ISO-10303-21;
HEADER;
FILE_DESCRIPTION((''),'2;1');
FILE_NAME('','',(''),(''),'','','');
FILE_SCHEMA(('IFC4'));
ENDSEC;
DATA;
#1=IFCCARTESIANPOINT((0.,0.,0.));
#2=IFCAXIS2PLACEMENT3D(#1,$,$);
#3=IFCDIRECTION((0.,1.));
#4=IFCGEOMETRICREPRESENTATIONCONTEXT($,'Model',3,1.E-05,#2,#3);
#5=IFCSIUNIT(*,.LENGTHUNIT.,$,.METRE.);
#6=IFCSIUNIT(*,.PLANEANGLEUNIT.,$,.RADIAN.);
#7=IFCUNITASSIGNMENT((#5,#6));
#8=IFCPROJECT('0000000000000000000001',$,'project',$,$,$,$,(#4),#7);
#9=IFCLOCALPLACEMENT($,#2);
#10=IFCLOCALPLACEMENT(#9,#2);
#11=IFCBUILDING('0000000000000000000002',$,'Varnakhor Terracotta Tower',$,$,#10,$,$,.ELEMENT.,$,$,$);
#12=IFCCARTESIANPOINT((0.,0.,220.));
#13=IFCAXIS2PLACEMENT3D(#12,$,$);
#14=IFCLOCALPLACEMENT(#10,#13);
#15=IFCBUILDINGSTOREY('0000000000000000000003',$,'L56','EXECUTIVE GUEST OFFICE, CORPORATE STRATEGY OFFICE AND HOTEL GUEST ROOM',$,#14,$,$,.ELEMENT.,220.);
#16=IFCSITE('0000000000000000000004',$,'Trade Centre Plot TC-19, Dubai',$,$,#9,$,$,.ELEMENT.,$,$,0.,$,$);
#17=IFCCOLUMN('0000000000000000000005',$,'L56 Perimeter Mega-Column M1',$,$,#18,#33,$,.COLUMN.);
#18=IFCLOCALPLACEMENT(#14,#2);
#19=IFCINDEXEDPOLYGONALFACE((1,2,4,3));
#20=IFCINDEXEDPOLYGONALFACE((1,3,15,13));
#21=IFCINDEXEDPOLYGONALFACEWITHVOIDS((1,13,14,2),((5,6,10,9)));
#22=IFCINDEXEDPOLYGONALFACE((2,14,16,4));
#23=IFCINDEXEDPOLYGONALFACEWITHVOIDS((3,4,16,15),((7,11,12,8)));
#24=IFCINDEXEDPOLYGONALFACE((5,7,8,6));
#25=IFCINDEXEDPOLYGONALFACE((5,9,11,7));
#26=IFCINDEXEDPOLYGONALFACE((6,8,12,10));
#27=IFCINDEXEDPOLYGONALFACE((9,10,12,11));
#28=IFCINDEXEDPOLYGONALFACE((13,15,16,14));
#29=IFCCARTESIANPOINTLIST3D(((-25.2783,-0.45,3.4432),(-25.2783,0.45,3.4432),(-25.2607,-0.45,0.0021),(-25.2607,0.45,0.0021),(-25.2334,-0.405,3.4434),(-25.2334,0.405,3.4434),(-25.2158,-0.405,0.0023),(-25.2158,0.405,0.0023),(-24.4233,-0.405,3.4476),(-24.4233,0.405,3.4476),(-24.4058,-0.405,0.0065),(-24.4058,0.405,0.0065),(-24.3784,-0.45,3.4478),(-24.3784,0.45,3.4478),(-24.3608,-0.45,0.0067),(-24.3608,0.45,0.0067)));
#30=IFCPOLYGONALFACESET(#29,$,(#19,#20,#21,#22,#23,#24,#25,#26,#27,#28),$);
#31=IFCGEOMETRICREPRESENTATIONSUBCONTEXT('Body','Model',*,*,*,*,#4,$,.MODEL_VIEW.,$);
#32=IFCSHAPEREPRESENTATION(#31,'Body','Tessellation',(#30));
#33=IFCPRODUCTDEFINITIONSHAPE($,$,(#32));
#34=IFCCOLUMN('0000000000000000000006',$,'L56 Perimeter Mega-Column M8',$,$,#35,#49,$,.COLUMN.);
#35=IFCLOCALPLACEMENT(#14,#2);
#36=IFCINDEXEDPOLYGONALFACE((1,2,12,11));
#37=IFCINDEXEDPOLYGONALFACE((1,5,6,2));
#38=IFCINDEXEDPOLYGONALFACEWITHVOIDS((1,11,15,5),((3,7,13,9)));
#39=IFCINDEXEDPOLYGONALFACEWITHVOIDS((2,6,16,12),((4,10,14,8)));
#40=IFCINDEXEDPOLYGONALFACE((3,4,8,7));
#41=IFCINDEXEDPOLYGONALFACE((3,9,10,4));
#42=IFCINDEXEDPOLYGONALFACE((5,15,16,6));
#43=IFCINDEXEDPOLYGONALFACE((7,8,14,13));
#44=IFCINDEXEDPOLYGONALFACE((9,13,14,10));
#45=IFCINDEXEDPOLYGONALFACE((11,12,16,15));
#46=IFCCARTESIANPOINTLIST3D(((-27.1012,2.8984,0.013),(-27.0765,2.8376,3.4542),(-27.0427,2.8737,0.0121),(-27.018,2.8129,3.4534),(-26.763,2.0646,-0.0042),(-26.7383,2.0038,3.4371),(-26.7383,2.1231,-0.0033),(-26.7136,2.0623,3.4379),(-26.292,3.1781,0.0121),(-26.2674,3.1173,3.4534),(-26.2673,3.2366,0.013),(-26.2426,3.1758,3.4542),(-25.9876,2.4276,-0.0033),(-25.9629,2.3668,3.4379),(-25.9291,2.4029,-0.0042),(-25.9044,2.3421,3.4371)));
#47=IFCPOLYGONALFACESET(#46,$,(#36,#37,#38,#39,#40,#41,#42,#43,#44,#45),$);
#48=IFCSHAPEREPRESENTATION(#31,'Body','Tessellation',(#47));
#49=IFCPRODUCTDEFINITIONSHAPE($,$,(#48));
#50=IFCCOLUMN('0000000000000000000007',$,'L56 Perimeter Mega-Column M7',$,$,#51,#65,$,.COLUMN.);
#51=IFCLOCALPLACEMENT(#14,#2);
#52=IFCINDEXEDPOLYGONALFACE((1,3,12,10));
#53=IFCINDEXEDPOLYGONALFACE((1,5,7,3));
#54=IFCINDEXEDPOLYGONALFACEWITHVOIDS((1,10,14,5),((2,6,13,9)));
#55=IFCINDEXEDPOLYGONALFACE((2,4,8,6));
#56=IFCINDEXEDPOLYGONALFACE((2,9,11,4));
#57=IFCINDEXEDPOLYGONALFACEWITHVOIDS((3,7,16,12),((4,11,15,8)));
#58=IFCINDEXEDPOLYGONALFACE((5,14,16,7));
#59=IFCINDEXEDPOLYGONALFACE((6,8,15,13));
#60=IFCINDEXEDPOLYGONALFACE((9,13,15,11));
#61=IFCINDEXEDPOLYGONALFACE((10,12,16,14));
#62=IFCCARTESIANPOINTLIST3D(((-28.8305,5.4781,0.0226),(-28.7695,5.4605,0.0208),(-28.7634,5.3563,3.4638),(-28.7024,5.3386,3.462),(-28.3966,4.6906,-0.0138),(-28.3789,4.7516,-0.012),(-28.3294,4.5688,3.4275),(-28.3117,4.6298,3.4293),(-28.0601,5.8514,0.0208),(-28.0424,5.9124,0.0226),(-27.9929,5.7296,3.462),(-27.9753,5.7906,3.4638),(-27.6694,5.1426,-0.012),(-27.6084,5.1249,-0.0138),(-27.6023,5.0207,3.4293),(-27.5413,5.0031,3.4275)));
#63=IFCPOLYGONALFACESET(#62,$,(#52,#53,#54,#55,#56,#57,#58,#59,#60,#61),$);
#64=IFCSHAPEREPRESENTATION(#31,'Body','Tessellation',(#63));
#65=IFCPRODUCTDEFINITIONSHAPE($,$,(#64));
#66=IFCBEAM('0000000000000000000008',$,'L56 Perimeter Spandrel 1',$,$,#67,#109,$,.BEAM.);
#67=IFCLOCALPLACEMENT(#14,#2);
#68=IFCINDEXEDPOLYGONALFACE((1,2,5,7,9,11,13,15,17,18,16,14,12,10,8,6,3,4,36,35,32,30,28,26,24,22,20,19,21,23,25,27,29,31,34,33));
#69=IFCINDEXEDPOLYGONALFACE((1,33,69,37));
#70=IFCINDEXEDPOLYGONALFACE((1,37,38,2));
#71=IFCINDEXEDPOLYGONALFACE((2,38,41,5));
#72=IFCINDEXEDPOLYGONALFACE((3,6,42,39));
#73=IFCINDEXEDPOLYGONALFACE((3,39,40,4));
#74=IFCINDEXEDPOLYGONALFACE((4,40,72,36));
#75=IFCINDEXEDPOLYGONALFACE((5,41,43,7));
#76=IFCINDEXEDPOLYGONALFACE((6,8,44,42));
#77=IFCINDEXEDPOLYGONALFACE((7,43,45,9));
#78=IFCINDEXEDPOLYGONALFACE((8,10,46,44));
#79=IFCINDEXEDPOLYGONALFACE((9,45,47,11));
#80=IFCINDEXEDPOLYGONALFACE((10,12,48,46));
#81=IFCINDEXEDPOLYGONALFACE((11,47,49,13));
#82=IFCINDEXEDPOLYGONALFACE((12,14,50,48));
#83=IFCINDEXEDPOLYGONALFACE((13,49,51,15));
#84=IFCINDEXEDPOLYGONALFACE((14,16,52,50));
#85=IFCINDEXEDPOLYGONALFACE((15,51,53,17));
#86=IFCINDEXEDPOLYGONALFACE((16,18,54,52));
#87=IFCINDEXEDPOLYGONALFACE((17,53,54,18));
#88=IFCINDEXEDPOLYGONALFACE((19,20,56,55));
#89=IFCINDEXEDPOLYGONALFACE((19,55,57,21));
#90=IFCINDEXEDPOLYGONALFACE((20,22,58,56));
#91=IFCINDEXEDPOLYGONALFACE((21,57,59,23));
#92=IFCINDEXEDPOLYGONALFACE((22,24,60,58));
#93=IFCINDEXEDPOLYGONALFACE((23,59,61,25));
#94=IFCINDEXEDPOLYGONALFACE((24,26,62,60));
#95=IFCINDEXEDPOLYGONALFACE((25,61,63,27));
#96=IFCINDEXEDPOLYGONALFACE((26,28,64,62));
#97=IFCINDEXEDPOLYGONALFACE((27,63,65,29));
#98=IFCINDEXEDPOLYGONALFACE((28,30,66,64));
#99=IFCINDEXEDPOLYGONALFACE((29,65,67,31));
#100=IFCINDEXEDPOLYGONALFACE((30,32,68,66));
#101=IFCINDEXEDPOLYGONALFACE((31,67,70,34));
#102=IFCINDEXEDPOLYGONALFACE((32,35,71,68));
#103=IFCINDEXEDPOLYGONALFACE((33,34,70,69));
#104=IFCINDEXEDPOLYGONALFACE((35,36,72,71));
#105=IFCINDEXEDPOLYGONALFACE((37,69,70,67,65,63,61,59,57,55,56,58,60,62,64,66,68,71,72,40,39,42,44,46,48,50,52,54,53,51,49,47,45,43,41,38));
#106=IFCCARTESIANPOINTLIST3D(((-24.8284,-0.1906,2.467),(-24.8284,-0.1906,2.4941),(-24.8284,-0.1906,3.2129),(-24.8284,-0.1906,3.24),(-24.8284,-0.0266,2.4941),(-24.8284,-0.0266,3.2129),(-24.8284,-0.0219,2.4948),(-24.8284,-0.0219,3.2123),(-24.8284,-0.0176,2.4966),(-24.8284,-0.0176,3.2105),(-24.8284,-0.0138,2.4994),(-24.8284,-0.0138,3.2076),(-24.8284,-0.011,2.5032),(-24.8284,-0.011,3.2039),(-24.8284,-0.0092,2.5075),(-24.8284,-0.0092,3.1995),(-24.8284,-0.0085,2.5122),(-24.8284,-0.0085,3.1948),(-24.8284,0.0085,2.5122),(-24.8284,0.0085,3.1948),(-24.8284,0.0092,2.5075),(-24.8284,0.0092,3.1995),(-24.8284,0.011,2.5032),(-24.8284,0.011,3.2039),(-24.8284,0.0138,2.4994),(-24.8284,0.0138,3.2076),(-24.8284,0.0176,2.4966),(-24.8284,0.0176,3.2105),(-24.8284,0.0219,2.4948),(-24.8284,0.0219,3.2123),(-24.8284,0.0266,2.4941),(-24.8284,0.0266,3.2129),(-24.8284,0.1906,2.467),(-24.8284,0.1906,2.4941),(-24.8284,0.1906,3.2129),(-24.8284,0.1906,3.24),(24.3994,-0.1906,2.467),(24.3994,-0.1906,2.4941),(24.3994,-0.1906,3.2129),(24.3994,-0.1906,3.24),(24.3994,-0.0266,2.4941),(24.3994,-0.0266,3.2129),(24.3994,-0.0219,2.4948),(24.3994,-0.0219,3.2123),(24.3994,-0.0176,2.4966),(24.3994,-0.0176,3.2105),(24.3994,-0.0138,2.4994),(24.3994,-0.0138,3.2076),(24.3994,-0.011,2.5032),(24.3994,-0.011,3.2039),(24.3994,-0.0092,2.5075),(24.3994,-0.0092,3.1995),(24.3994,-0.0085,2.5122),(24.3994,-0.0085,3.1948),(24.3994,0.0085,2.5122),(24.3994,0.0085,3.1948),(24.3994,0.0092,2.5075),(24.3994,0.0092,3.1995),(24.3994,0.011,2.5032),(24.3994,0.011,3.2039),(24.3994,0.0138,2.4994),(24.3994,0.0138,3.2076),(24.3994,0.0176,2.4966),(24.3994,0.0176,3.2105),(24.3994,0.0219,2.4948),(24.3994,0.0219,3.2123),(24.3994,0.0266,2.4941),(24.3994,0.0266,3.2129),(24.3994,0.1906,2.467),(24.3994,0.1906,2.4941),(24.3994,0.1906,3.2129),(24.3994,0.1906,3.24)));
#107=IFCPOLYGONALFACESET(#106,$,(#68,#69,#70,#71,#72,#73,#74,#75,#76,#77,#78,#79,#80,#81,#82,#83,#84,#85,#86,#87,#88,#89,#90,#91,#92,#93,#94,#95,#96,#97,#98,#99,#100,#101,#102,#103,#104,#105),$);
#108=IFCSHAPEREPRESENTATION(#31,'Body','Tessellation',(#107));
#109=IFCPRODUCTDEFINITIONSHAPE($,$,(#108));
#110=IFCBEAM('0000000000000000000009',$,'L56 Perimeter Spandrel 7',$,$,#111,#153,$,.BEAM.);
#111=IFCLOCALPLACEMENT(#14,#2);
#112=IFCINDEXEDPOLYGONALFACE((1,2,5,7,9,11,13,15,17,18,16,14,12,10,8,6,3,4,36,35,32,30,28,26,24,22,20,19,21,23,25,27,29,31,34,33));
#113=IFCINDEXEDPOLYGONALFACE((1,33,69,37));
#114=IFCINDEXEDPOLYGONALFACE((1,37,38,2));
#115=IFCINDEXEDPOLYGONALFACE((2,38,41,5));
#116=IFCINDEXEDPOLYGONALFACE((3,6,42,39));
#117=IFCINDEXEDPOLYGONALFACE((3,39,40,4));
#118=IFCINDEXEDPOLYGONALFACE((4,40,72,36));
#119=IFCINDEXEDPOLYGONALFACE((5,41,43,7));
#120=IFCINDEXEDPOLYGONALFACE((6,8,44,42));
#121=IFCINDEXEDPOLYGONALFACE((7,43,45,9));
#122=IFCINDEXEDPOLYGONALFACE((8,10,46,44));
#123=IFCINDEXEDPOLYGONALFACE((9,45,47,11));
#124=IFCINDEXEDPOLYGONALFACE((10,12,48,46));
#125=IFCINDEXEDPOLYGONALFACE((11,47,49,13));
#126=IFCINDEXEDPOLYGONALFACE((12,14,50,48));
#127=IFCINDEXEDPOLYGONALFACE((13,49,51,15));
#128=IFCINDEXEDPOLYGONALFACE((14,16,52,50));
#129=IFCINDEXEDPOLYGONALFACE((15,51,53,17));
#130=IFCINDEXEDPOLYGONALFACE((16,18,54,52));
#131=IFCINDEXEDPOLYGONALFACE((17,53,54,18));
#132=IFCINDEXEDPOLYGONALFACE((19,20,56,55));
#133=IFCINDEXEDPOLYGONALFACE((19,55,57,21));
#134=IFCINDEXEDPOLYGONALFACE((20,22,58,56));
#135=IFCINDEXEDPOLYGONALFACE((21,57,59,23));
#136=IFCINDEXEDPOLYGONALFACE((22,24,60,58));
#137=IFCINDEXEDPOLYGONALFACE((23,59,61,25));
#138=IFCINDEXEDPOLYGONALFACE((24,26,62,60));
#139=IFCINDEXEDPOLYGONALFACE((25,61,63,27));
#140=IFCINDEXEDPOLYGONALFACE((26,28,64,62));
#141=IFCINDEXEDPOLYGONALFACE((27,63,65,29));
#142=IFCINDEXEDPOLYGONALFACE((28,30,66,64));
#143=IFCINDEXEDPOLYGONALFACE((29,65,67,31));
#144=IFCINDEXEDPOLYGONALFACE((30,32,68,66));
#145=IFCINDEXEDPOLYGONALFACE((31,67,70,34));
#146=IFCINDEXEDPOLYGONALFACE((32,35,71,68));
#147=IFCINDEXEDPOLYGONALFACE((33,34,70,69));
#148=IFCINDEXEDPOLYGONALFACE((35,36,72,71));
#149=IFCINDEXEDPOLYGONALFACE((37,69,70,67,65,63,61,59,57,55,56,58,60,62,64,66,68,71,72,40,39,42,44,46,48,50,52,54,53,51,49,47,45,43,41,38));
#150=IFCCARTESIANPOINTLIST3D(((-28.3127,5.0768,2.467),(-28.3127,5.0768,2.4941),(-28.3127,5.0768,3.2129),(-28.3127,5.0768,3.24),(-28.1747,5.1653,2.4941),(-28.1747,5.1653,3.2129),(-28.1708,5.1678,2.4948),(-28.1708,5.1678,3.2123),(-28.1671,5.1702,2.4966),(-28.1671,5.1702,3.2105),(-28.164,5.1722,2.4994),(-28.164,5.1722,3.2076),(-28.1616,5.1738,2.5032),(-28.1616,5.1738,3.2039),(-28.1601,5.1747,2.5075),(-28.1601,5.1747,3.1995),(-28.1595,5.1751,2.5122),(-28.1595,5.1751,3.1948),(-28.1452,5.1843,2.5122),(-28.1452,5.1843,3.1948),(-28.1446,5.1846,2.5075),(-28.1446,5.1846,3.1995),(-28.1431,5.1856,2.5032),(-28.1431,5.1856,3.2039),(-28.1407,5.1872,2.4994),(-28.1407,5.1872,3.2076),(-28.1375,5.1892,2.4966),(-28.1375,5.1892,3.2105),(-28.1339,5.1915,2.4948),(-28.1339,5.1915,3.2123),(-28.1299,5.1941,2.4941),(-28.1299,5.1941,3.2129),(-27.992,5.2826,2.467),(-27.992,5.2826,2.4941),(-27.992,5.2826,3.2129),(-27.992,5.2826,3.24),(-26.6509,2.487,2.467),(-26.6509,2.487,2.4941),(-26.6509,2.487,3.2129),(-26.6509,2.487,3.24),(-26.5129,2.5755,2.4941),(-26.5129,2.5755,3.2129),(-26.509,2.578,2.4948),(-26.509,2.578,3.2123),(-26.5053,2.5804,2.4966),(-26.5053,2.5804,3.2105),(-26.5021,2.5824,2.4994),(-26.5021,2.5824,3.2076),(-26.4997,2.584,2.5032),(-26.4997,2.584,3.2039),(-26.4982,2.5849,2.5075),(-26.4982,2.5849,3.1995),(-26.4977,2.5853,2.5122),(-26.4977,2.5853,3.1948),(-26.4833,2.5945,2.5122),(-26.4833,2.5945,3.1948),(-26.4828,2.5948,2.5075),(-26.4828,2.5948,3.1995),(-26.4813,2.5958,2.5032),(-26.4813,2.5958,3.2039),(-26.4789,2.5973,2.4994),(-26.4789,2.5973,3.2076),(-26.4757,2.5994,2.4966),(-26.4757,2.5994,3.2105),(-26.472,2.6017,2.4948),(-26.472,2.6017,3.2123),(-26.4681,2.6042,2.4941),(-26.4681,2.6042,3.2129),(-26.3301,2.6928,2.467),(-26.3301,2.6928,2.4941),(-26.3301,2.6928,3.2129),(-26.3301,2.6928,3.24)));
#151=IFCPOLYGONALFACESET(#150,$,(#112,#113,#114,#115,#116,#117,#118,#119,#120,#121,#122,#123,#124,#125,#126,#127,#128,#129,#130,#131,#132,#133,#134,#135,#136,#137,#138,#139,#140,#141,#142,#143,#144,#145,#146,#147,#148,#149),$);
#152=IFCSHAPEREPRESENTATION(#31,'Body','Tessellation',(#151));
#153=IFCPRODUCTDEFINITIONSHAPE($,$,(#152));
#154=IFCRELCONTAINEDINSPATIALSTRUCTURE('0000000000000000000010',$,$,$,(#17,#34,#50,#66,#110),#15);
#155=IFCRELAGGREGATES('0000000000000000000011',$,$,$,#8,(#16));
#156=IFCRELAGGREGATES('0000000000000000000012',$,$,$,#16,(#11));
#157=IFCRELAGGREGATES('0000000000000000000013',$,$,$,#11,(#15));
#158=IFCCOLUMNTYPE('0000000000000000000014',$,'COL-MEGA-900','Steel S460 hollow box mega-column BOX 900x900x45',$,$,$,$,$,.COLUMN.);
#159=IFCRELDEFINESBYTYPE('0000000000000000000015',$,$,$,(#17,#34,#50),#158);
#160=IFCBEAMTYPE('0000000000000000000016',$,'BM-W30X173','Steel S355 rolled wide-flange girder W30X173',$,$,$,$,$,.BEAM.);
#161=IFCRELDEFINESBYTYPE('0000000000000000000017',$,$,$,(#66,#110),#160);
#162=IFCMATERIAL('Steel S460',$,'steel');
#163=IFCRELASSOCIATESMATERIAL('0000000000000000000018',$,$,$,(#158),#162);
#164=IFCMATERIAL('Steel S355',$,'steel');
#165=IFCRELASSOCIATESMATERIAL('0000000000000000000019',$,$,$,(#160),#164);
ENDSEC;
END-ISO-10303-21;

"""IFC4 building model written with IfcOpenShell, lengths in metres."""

from ifc_helpers import new_model, si_unit, direction, frame, origin, origin_2d, place, context, subcontext, project, spatial, hollow_rectangle, i_section, extrude, source, transform, mapped, material, material_profile, profile_set, type_object, element, save


model = new_model("IFC4")

# Units and contexts
model_context = context("Model", 3, precision=1e-05, world=origin(), true_north=direction((0.0, 1.0)))
body_context = subcontext(model_context, "Body", "Model", "MODEL_VIEW")
ifc_project = project(units=[si_unit("LENGTHUNIT", "METRE"), si_unit("PLANEANGLEUNIT", "RADIAN")], contexts=[model_context])

# Site, building, storey
site_placement = place(None, origin())
site = spatial("IfcSite", under=ifc_project, at=site_placement, Name="Trade Centre Plot TC-19, Dubai", CompositionType="ELEMENT", RefElevation=0.0)
building_placement = place(site_placement, origin())
building = spatial("IfcBuilding", under=site, at=building_placement, Name="Varnakhor Terracotta Tower", CompositionType="ELEMENT")
storey_placement = place(building_placement, frame((0.0, 0.0, 220.0)))
storey = spatial("IfcBuildingStorey", under=building, at=storey_placement, Name="L56", Description="EXECUTIVE GUEST OFFICE, CORPORATE STRATEGY OFFICE AND HOTEL GUEST ROOM", CompositionType="ELEMENT", Elevation=220.0)

# Columns
ifc_material_1 = material(Name="Steel S460", Category="steel")
ifc_material_profile_1 = material_profile(ifc_material_1, hollow_rectangle(XDim=0.8999, YDim=0.8999, WallThickness=0.0449, at=origin_2d()), Name="BOX 900x900x45")
ifc_profile_set_1 = profile_set([ifc_material_profile_1], Name="Steel S460")
column_type = type_object("IfcColumnType", Name="COL-MEGA-900", Description="Steel S460 hollow box mega-column BOX 900x900x45", PredefinedType="COLUMN", material=ifc_profile_set_1)
shared_shape_1 = source(origin(), body_context, "Body", "SweptSolid", [
    extrude(hollow_rectangle(XDim=0.8999, YDim=0.8999, WallThickness=0.0449, at=origin_2d()), origin(), (0.0, 0.0, 1.0), 3.4412),
])
column_1_placement = place(storey_placement, frame((-24.8108, 0.0, 0.0044), z_axis=(-0.005108, 0.0, 0.999987), x_axis=(0.0, -1.0, 0.0)))
element("IfcColumn", 1, at=column_1_placement, inside=storey, type_object=column_type, Name="L56 Perimeter Mega-Column M1", PredefinedType="COLUMN", context=body_context, shape_type="MappedRepresentation", body=[
    mapped(shared_shape_1, transform((0.0, 0.0, 0.0), scale=1.0)),
])
shared_shape_2 = source(origin(), body_context, "Body", "SweptSolid", [
    extrude(hollow_rectangle(XDim=0.8999, YDim=0.8999, WallThickness=0.0449, at=origin_2d()), origin(), (0.0, 0.0, 1.0), 3.4419),
])
column_2_placement = place(storey_placement, frame((-26.5151, 2.6506, 0.0044), z_axis=(0.007164, -0.017663, 0.999818), x_axis=(0.926669, 0.375878, 0.0)))
element("IfcColumn", 2, at=column_2_placement, inside=storey, type_object=column_type, Name="L56 Perimeter Mega-Column M8", PredefinedType="COLUMN", context=body_context, shape_type="MappedRepresentation", body=[
    mapped(shared_shape_2, transform((0.0, 0.0, 0.0), scale=1.0)),
])
shared_shape_3 = source(origin(), body_context, "Body", "SweptSolid", [
    extrude(hollow_rectangle(XDim=0.8999, YDim=0.8999, WallThickness=0.0449, at=origin_2d()), origin(), (0.0, 0.0, 1.0), 3.4441),
])
column_3_placement = place(storey_placement, frame((-28.2195, 5.3015, 0.0044), z_axis=(0.019495, -0.035374, 0.999184), x_axis=(0.875808, 0.48266, 0.0)))
element("IfcColumn", 3, at=column_3_placement, inside=storey, type_object=column_type, Name="L56 Perimeter Mega-Column M7", PredefinedType="COLUMN", context=body_context, shape_type="MappedRepresentation", body=[
    mapped(shared_shape_3, transform((0.0, 0.0, 0.0), scale=1.0)),
])

# Beams
ifc_material_2 = material(Name="Steel S355", Category="steel")
ifc_material_profile_2 = material_profile(ifc_material_2, i_section(OverallWidth=0.3811, OverallDepth=0.7729, WebThickness=0.0171, FlangeThickness=0.0271, FilletRadius=0.0181, at=origin_2d()), Name="W30X173")
ifc_profile_set_2 = profile_set([ifc_material_profile_2], Name="Steel S355")
beam_type_1 = type_object("IfcBeamType", Name="BM-W30X173", Description="Steel S355 rolled wide-flange girder W30X173", PredefinedType="BEAM", material=ifc_profile_set_2)
shared_shape_4 = source(origin(), body_context, "Body", "SweptSolid", [
    extrude(i_section(OverallWidth=0.3811, OverallDepth=0.7729, WebThickness=0.0171, FlangeThickness=0.0271, FilletRadius=0.0181, at=origin_2d()), origin(), (0.0, 0.0, 1.0), 49.2278),
])
beam_1_placement = place(storey_placement, frame((-24.8284, 0.0, 2.8535), z_axis=(1.0, 0.0, 0.0), x_axis=(0.0, 1.0, 0.0)))
element("IfcBeam", 4, at=beam_1_placement, inside=storey, type_object=beam_type_1, Name="L56 Perimeter Spandrel 1", PredefinedType="BEAM", context=body_context, shape_type="MappedRepresentation", body=[
    mapped(shared_shape_4, transform((0.0, 0.0, 0.0), scale=1.0)),
])
shared_shape_5 = source(origin(), body_context, "Body", "SweptSolid", [
    extrude(i_section(OverallWidth=0.3811, OverallDepth=0.7729, WebThickness=0.0171, FlangeThickness=0.0271, FilletRadius=0.0181, at=origin_2d()), origin(), (0.0, 0.0, 1.0), 3.0771),
])
beam_2_placement = place(storey_placement, frame((-28.1523, 5.1797, 2.8535), z_axis=(0.54006, -0.841627, 0.0), x_axis=(0.841627, 0.54006, 0.0)))
element("IfcBeam", 5, at=beam_2_placement, inside=storey, type_object=beam_type_1, Name="L56 Perimeter Spandrel 7", PredefinedType="BEAM", context=body_context, shape_type="MappedRepresentation", body=[
    mapped(shared_shape_5, transform((0.0, 0.0, 0.0), scale=1.0)),
])

save(model, "model.ifc")
